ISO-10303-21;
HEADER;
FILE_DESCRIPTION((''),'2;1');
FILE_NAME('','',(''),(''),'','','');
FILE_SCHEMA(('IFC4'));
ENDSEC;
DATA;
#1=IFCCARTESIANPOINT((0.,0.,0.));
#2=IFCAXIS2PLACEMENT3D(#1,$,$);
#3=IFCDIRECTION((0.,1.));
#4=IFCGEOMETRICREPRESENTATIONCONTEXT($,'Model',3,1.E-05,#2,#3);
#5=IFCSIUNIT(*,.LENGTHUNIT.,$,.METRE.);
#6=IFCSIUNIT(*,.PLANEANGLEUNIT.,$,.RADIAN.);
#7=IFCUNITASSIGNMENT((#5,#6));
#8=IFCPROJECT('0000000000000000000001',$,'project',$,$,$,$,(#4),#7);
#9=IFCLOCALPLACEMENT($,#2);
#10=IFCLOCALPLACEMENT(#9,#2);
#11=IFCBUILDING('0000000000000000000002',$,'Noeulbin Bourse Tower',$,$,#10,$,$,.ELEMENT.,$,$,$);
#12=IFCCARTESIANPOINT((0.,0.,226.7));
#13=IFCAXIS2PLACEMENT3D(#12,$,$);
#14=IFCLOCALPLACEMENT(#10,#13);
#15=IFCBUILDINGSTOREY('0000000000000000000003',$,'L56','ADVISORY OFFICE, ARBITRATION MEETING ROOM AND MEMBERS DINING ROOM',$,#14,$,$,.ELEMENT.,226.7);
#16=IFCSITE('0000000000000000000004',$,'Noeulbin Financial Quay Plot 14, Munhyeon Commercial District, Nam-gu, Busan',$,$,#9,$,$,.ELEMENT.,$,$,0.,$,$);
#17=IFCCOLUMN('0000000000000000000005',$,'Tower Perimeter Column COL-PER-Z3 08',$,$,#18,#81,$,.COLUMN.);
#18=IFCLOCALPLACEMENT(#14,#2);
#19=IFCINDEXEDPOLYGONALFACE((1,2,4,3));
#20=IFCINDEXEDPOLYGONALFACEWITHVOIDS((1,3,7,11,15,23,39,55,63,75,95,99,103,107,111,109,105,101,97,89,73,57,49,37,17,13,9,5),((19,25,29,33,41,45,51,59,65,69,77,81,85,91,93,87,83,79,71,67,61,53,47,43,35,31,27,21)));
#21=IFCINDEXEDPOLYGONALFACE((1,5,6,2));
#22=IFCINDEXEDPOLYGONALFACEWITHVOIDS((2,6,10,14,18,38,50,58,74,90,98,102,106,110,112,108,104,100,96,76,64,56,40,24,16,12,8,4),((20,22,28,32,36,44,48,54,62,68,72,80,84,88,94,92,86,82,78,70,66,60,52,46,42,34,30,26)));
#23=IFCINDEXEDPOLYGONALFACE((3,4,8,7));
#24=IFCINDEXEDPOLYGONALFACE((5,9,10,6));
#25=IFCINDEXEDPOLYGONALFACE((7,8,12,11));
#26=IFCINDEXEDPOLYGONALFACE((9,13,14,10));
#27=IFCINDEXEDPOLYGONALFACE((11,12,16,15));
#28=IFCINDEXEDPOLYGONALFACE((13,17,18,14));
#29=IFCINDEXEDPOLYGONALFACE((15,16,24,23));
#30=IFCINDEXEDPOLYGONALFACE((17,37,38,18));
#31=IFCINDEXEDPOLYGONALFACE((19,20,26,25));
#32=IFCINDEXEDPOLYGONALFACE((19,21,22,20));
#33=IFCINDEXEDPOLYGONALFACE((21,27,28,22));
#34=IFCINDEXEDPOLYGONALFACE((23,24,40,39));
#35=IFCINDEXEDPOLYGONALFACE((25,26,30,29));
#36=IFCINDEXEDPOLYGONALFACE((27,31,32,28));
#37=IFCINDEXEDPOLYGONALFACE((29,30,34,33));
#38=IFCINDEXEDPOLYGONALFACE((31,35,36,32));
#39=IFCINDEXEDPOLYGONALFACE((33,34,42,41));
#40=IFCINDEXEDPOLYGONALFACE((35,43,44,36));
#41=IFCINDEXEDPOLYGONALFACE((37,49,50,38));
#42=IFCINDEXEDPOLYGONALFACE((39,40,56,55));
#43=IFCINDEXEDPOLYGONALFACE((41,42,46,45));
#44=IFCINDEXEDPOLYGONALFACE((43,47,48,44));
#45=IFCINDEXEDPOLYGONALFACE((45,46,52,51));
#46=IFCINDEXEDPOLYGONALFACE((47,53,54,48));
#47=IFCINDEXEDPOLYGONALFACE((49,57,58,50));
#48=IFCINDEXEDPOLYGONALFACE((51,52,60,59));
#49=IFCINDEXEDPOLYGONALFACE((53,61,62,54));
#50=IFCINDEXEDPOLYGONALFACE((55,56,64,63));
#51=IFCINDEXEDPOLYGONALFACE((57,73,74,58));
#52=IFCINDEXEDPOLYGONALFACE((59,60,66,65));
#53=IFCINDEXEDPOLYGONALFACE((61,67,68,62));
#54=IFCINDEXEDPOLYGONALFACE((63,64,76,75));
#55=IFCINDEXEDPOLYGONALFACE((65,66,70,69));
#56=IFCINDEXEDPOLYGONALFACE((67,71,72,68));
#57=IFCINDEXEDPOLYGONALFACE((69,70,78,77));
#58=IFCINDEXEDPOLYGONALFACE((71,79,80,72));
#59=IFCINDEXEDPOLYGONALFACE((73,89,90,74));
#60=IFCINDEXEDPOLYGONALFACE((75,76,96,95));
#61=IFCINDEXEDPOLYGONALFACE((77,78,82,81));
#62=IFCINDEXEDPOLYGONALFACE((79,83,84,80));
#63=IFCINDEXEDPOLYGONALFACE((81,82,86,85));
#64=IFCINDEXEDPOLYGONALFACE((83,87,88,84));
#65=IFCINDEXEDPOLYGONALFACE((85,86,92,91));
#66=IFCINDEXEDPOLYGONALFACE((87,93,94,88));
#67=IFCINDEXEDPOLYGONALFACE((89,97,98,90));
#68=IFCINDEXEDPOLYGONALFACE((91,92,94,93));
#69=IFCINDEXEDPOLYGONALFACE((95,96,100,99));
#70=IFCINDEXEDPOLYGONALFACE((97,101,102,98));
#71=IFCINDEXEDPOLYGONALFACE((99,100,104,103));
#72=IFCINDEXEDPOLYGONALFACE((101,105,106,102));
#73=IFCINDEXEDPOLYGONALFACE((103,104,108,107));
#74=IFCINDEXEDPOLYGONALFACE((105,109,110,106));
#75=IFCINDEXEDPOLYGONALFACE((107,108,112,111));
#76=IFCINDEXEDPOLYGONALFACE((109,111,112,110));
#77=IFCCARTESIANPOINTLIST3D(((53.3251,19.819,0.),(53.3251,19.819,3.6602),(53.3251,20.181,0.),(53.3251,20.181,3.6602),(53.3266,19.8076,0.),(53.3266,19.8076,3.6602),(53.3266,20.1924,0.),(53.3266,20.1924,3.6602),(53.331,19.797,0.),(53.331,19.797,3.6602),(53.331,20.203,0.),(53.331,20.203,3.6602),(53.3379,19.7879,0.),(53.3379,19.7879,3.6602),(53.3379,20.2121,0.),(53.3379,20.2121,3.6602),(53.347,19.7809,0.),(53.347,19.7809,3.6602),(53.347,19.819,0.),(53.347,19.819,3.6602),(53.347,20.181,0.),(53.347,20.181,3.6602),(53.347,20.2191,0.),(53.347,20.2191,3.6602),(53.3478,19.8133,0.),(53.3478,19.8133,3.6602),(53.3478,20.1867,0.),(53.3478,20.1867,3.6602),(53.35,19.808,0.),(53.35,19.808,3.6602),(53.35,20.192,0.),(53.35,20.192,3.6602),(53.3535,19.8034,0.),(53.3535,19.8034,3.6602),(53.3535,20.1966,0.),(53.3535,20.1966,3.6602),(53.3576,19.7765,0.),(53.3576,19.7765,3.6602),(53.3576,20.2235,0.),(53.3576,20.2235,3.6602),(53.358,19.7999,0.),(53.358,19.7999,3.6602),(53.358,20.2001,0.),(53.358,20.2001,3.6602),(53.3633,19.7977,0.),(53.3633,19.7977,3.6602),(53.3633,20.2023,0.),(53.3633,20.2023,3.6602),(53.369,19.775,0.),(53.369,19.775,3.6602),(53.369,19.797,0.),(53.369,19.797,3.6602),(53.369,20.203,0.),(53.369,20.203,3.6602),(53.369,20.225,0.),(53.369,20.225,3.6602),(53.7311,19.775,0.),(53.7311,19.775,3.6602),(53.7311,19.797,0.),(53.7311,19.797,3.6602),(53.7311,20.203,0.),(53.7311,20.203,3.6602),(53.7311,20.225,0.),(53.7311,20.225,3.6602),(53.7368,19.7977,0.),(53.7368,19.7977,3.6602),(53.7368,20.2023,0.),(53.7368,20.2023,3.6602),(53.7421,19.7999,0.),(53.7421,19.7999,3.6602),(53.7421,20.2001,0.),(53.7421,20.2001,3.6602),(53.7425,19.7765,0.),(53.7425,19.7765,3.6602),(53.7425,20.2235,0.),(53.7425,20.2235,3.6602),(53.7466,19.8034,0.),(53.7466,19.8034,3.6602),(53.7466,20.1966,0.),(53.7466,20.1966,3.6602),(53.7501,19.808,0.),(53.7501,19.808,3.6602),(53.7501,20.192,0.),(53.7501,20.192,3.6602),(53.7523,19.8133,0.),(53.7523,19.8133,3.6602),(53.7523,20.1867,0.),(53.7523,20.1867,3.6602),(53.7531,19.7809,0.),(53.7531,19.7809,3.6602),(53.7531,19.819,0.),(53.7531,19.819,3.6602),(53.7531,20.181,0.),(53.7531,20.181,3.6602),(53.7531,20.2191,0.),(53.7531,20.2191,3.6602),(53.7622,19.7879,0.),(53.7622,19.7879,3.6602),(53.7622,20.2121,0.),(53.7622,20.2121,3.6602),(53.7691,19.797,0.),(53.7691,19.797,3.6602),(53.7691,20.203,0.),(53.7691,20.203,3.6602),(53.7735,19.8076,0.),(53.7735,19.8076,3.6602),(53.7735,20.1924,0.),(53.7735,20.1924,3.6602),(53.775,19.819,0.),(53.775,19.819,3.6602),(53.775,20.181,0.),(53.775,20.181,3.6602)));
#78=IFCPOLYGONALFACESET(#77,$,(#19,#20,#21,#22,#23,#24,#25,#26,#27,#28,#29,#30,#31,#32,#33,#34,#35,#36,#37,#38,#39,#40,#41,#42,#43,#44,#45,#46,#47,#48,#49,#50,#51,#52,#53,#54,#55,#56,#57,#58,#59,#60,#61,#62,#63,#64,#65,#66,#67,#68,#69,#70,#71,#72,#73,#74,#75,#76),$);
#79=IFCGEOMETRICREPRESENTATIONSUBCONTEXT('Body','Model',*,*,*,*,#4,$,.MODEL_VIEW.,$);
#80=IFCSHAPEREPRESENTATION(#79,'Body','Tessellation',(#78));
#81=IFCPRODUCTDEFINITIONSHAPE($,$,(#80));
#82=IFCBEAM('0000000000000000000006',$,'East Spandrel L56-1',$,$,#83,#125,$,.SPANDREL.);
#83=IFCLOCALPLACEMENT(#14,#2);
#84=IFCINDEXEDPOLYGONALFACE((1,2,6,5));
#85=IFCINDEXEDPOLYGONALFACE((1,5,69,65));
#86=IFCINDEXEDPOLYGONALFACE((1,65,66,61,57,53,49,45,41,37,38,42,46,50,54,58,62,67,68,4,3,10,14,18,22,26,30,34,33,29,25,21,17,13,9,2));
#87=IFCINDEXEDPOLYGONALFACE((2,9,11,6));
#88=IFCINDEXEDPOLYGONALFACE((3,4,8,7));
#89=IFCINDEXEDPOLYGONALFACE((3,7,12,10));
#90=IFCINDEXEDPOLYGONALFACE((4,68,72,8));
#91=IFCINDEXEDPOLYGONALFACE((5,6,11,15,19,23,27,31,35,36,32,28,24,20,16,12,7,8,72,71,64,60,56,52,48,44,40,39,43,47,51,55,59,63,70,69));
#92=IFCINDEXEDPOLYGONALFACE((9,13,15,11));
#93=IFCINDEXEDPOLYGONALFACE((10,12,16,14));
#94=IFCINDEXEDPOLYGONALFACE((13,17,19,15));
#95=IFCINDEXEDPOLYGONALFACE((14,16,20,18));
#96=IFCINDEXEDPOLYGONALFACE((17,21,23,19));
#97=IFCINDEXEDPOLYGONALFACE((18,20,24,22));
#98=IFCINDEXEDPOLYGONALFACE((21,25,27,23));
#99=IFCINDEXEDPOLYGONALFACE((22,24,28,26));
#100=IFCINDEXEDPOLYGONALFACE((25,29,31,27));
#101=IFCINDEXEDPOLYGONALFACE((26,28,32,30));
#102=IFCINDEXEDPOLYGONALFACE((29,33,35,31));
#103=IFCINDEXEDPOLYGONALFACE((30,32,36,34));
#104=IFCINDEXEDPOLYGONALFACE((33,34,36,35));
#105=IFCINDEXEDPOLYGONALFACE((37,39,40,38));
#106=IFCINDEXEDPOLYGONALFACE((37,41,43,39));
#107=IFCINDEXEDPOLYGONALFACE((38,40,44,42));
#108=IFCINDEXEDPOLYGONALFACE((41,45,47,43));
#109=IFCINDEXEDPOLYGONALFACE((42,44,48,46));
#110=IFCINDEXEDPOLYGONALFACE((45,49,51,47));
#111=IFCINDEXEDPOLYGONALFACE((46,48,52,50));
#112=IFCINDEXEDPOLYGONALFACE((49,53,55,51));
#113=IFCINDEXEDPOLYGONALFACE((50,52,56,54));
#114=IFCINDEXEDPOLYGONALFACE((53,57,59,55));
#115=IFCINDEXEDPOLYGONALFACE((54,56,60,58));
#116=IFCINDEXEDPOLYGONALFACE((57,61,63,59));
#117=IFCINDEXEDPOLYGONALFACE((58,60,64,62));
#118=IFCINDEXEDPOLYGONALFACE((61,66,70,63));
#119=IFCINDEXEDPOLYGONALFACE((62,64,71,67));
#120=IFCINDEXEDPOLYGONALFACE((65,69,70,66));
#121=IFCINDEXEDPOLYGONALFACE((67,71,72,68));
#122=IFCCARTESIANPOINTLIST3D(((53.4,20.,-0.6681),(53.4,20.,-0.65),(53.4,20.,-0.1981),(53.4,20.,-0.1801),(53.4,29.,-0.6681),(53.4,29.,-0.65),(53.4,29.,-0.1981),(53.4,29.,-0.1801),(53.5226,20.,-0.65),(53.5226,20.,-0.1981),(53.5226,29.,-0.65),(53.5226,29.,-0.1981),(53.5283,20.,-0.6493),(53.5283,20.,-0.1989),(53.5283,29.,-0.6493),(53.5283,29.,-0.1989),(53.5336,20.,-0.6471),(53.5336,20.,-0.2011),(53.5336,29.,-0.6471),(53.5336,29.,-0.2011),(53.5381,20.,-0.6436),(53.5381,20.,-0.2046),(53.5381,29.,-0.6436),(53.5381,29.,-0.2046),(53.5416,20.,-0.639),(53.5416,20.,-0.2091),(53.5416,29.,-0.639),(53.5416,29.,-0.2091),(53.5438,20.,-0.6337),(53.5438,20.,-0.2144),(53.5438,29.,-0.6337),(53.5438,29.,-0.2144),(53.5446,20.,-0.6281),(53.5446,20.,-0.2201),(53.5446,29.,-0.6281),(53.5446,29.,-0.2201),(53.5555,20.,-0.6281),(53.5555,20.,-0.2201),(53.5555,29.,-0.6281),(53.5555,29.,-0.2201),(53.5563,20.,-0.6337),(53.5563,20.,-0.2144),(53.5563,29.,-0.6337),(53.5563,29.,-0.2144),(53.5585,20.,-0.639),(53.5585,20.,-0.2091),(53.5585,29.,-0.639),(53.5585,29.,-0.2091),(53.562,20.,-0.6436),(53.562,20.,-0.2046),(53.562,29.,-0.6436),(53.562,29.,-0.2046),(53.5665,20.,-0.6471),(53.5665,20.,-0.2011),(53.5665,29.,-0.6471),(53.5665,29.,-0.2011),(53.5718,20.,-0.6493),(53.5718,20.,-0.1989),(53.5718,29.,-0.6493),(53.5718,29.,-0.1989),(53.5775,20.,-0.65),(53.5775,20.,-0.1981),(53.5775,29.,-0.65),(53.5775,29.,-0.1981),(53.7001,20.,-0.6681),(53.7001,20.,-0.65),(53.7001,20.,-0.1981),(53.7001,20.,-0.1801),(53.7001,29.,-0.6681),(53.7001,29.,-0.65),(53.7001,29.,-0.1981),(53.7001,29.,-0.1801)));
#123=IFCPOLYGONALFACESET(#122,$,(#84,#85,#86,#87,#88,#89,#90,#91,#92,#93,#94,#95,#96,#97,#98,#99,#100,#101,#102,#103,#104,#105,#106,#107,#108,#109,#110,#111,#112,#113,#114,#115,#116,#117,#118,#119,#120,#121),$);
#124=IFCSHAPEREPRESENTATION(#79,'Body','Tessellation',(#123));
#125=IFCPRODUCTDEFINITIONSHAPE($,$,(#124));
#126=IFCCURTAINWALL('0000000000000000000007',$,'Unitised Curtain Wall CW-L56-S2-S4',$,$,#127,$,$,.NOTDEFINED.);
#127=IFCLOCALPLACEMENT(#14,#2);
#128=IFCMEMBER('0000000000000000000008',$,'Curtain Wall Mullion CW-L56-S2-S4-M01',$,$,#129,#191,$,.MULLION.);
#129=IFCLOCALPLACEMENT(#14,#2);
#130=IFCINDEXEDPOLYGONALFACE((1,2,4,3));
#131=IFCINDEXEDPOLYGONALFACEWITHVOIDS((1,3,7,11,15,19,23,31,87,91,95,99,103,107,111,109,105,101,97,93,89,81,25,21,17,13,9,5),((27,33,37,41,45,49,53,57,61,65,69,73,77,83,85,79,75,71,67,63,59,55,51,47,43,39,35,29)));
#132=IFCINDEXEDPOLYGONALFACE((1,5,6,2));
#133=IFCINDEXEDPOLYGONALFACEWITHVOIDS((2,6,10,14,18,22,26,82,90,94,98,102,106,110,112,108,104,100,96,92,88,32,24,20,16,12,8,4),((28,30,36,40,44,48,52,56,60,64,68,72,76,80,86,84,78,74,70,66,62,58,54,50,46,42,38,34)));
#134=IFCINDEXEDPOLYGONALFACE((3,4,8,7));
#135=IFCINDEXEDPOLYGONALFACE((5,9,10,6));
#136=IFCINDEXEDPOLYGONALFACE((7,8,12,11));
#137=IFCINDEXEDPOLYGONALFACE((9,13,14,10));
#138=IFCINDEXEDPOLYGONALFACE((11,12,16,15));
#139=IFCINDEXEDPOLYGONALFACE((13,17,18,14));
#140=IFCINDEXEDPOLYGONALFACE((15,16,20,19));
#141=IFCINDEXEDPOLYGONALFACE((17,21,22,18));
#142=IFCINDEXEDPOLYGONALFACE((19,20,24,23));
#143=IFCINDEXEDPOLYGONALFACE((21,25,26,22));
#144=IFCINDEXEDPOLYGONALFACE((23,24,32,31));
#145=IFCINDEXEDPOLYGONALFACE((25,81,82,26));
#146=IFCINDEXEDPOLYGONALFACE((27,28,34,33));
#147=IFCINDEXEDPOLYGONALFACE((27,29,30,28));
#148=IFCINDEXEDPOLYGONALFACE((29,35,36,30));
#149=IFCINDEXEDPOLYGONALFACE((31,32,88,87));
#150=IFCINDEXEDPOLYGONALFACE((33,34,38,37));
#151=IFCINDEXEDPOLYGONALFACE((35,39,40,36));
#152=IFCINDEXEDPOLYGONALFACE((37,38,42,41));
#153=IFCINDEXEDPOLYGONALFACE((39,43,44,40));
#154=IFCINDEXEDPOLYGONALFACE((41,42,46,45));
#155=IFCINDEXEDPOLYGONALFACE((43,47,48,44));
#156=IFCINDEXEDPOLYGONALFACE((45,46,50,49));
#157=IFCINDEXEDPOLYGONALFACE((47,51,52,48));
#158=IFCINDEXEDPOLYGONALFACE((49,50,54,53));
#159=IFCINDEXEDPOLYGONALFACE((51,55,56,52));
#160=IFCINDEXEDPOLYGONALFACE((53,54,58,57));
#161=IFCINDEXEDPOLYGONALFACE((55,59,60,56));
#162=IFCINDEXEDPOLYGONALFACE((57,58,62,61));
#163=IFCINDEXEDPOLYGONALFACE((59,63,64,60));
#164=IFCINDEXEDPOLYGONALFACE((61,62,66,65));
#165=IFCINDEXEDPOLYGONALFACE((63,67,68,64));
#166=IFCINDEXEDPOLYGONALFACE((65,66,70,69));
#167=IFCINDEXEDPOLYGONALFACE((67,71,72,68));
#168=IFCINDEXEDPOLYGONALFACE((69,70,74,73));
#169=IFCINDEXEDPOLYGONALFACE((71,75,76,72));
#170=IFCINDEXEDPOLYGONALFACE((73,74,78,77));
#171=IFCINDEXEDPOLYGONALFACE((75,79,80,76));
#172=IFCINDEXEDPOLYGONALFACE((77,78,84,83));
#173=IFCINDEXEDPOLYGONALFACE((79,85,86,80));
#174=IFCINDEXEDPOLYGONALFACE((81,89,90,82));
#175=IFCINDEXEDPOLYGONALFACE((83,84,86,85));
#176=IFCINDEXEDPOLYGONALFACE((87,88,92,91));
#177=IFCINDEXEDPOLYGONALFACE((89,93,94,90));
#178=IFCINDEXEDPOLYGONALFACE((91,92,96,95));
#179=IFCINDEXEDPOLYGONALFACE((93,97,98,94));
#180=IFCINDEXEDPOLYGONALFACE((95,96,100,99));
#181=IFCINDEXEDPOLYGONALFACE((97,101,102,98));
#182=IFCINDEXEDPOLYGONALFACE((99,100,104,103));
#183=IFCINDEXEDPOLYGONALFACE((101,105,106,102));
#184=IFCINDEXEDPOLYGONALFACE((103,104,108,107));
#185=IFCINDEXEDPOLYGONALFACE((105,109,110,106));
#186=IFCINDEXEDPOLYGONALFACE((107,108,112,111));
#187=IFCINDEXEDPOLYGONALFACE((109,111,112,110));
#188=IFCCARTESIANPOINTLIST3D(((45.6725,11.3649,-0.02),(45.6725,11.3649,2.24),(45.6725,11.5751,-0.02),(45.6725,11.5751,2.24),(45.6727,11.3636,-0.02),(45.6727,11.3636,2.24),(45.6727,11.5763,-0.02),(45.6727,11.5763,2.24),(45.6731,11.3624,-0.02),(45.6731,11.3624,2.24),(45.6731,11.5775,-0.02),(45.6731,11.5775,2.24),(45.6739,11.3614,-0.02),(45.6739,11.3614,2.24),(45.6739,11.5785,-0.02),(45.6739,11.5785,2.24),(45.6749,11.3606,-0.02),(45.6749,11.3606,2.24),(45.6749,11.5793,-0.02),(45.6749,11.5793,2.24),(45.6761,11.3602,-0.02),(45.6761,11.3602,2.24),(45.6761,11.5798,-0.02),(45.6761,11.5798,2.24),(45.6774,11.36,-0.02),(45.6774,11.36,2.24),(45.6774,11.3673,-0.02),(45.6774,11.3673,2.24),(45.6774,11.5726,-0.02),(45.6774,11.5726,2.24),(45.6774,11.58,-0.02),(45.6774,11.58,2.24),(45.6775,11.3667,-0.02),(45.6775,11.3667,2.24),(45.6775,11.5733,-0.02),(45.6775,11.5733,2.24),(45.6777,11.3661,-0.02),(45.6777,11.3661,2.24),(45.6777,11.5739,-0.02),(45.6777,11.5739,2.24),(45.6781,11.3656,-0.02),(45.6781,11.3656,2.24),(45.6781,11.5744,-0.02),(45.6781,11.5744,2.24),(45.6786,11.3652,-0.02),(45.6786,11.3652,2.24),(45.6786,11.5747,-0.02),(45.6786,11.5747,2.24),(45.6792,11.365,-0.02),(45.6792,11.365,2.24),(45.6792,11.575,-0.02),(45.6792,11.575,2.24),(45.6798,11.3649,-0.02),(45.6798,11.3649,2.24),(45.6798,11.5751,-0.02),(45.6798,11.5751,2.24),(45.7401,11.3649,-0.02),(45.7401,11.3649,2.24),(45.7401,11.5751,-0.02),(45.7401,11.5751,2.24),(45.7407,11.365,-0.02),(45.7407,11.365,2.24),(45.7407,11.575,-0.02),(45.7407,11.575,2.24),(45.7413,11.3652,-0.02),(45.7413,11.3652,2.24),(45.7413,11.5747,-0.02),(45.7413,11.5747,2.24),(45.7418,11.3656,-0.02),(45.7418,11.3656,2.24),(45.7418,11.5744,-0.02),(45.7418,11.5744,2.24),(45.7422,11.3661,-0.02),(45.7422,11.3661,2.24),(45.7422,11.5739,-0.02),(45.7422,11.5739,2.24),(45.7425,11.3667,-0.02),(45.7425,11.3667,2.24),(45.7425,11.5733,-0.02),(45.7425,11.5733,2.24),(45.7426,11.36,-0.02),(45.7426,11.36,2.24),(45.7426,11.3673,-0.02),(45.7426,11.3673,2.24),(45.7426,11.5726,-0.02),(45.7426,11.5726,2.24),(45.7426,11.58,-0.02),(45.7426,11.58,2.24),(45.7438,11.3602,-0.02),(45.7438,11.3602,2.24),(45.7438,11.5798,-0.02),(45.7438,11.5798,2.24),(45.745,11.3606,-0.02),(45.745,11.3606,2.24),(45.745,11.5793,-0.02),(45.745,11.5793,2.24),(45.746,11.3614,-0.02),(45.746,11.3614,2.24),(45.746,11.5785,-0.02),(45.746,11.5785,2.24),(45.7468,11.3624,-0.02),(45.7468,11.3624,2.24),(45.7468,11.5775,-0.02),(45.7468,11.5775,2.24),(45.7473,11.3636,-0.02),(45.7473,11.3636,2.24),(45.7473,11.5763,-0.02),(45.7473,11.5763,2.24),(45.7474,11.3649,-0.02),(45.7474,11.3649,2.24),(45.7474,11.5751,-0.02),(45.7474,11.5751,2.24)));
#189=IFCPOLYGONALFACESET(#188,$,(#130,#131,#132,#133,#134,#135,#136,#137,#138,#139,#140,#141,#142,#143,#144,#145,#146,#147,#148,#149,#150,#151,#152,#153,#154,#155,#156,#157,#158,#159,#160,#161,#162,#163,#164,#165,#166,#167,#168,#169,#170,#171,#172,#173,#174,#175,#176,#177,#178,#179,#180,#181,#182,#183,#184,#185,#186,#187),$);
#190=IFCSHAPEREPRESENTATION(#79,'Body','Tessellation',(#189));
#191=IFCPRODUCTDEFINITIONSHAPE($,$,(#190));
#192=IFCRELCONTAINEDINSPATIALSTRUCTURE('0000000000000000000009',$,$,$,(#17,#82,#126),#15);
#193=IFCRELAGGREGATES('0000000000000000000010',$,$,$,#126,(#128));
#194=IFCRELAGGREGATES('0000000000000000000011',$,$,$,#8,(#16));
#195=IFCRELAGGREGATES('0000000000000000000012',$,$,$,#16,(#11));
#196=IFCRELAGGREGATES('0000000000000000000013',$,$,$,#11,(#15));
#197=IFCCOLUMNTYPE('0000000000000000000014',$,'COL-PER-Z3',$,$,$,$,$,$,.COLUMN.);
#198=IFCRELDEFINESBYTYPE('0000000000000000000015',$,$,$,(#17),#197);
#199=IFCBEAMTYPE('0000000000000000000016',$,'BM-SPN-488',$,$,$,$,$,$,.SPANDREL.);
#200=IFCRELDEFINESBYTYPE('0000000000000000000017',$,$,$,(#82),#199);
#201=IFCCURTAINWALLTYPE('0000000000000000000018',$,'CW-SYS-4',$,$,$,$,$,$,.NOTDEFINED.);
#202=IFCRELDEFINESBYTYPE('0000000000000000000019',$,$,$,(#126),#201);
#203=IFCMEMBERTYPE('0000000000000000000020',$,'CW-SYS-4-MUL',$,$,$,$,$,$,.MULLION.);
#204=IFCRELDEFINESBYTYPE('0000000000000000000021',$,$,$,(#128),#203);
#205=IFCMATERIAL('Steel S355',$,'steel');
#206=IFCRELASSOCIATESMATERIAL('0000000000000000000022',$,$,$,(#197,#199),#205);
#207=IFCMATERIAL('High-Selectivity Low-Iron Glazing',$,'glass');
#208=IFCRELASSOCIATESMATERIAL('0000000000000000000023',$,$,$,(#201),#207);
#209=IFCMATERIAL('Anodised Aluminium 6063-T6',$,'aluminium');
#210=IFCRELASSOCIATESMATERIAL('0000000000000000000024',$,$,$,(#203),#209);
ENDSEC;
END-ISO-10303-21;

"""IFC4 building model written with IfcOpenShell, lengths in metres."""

from ifc_helpers import new_model, si_unit, direction, frame, origin, origin_2d, place, context, subcontext, project, spatial, hollow_rectangle, i_section, extrude, material, material_profile, profile_set, type_object, element, aggregate, save


model = new_model("IFC4")

# Units and contexts
model_context = context("Model", 3, precision=1e-05, world=origin(), true_north=direction((0.0, 1.0)))
body_context = subcontext(model_context, "Body", "Model", "MODEL_VIEW")
ifc_project = project(units=[si_unit("LENGTHUNIT", "METRE"), si_unit("PLANEANGLEUNIT", "RADIAN")], contexts=[model_context])

# Site, building, storey
site_placement = place(None, origin())
site = spatial("IfcSite", under=ifc_project, at=site_placement, Name="Noeulbin Financial Quay Plot 14, Munhyeon Commercial District, Nam-gu, Busan", CompositionType="ELEMENT", RefElevation=0.0)
building_placement = place(site_placement, origin())
building = spatial("IfcBuilding", under=site, at=building_placement, Name="Noeulbin Bourse Tower", CompositionType="ELEMENT")
storey_placement = place(building_placement, frame((0.0, 0.0, 226.7)))
storey = spatial("IfcBuildingStorey", under=building, at=storey_placement, Name="L56", Description="ADVISORY OFFICE, ARBITRATION MEETING ROOM AND MEMBERS DINING ROOM", CompositionType="ELEMENT", Elevation=226.7)

# Column
ifc_material_1 = material(Name="Steel S355", Category="steel")
ifc_material_profile_1 = material_profile(ifc_material_1, hollow_rectangle(XDim=0.45, YDim=0.45, WallThickness=0.022, InnerFilletRadius=0.022, OuterFilletRadius=0.0439, at=origin_2d()), Name="SHS-450x450x22", Category="LoadBearing")
ifc_profile_set_1 = profile_set([ifc_material_profile_1], Name="Steel S355")
column_type = type_object("IfcColumnType", Name="COL-PER-Z3", PredefinedType="COLUMN", material=ifc_profile_set_1)
column_placement = place(storey_placement, frame((53.55, 20.0, 0.0), z_axis=(0.0, 0.0, 1.0), x_axis=(1.0, 0.0, 0.0)))
element("IfcColumn", 1, at=column_placement, inside=storey, type_object=column_type, Name="Tower Perimeter Column COL-PER-Z3 08", PredefinedType="COLUMN", context=body_context, shape_type="SweptSolid", body=[
    extrude(hollow_rectangle(XDim=0.45, YDim=0.45, WallThickness=0.022, InnerFilletRadius=0.022, OuterFilletRadius=0.0439, at=origin_2d()), origin(), (0.0, 0.0, 1.0), 3.6602),
])

# Beam
ifc_material_profile_2 = material_profile(ifc_material_1, i_section(OverallWidth=0.3, OverallDepth=0.488, WebThickness=0.011, FlangeThickness=0.0181, FilletRadius=0.022, at=origin_2d()), Name="H-488x300x11x18", Category="LoadBearing")
ifc_profile_set_2 = profile_set([ifc_material_profile_2], Name="Steel S355")
beam_type = type_object("IfcBeamType", Name="BM-SPN-488", PredefinedType="SPANDREL", material=ifc_profile_set_2)
beam_placement = place(storey_placement, frame((53.55, 20.0, -0.4241), z_axis=(0.0, 1.0, 0.0), x_axis=(-1.0, 0.0, 0.0)))
element("IfcBeam", 2, at=beam_placement, inside=storey, type_object=beam_type, Name="East Spandrel L56-1", PredefinedType="SPANDREL", context=body_context, shape_type="SweptSolid", body=[
    extrude(i_section(OverallWidth=0.3, OverallDepth=0.488, WebThickness=0.011, FlangeThickness=0.0181, FilletRadius=0.022, at=origin_2d()), origin(), (0.0, 0.0, 1.0), 9.0),
])

# Curtain wall, member
ifc_material_2 = material(Name="High-Selectivity Low-Iron Glazing", Category="glass")
curtain_wall_type = type_object("IfcCurtainWallType", Name="CW-SYS-4", PredefinedType="NOTDEFINED", material=ifc_material_2)
curtain_wall_1_placement = place(storey_placement, origin())
curtain_wall_1 = element("IfcCurtainWall", 3, at=curtain_wall_1_placement, inside=storey, type_object=curtain_wall_type, Name="Unitised Curtain Wall CW-L56-S2-S4", PredefinedType="NOTDEFINED")
ifc_material_3 = material(Name="Anodised Aluminium 6063-T6", Category="aluminium")
ifc_material_profile_3 = material_profile(ifc_material_3, hollow_rectangle(XDim=0.075, YDim=0.22, WallThickness=0.0049, InnerFilletRadius=0.0024, OuterFilletRadius=0.0049, at=origin_2d()), Name="ALU-MULL-75x220x5", Category="LoadBearing")
ifc_profile_set_3 = profile_set([ifc_material_profile_3], Name="Anodised Aluminium 6063-T6")
member_type_1 = type_object("IfcMemberType", Name="CW-SYS-4-MUL", PredefinedType="MULLION", material=ifc_profile_set_3)
member_1_placement = place(storey_placement, frame((45.71, 11.47, -0.02), z_axis=(0.0, 0.0, 1.0), x_axis=(1.0, 0.0, 0.0)))
member_1 = element("IfcMember", 4, at=member_1_placement, type_object=member_type_1, Name="Curtain Wall Mullion CW-L56-S2-S4-M01", PredefinedType="MULLION", context=body_context, shape_type="SweptSolid", body=[
    extrude(hollow_rectangle(XDim=0.075, YDim=0.22, WallThickness=0.0049, InnerFilletRadius=0.0024, OuterFilletRadius=0.0049, at=origin_2d()), origin(), (0.0, 0.0, 1.0), 2.26),
])

aggregate(curtain_wall_1, [member_1])

save(model, "model.ifc")
